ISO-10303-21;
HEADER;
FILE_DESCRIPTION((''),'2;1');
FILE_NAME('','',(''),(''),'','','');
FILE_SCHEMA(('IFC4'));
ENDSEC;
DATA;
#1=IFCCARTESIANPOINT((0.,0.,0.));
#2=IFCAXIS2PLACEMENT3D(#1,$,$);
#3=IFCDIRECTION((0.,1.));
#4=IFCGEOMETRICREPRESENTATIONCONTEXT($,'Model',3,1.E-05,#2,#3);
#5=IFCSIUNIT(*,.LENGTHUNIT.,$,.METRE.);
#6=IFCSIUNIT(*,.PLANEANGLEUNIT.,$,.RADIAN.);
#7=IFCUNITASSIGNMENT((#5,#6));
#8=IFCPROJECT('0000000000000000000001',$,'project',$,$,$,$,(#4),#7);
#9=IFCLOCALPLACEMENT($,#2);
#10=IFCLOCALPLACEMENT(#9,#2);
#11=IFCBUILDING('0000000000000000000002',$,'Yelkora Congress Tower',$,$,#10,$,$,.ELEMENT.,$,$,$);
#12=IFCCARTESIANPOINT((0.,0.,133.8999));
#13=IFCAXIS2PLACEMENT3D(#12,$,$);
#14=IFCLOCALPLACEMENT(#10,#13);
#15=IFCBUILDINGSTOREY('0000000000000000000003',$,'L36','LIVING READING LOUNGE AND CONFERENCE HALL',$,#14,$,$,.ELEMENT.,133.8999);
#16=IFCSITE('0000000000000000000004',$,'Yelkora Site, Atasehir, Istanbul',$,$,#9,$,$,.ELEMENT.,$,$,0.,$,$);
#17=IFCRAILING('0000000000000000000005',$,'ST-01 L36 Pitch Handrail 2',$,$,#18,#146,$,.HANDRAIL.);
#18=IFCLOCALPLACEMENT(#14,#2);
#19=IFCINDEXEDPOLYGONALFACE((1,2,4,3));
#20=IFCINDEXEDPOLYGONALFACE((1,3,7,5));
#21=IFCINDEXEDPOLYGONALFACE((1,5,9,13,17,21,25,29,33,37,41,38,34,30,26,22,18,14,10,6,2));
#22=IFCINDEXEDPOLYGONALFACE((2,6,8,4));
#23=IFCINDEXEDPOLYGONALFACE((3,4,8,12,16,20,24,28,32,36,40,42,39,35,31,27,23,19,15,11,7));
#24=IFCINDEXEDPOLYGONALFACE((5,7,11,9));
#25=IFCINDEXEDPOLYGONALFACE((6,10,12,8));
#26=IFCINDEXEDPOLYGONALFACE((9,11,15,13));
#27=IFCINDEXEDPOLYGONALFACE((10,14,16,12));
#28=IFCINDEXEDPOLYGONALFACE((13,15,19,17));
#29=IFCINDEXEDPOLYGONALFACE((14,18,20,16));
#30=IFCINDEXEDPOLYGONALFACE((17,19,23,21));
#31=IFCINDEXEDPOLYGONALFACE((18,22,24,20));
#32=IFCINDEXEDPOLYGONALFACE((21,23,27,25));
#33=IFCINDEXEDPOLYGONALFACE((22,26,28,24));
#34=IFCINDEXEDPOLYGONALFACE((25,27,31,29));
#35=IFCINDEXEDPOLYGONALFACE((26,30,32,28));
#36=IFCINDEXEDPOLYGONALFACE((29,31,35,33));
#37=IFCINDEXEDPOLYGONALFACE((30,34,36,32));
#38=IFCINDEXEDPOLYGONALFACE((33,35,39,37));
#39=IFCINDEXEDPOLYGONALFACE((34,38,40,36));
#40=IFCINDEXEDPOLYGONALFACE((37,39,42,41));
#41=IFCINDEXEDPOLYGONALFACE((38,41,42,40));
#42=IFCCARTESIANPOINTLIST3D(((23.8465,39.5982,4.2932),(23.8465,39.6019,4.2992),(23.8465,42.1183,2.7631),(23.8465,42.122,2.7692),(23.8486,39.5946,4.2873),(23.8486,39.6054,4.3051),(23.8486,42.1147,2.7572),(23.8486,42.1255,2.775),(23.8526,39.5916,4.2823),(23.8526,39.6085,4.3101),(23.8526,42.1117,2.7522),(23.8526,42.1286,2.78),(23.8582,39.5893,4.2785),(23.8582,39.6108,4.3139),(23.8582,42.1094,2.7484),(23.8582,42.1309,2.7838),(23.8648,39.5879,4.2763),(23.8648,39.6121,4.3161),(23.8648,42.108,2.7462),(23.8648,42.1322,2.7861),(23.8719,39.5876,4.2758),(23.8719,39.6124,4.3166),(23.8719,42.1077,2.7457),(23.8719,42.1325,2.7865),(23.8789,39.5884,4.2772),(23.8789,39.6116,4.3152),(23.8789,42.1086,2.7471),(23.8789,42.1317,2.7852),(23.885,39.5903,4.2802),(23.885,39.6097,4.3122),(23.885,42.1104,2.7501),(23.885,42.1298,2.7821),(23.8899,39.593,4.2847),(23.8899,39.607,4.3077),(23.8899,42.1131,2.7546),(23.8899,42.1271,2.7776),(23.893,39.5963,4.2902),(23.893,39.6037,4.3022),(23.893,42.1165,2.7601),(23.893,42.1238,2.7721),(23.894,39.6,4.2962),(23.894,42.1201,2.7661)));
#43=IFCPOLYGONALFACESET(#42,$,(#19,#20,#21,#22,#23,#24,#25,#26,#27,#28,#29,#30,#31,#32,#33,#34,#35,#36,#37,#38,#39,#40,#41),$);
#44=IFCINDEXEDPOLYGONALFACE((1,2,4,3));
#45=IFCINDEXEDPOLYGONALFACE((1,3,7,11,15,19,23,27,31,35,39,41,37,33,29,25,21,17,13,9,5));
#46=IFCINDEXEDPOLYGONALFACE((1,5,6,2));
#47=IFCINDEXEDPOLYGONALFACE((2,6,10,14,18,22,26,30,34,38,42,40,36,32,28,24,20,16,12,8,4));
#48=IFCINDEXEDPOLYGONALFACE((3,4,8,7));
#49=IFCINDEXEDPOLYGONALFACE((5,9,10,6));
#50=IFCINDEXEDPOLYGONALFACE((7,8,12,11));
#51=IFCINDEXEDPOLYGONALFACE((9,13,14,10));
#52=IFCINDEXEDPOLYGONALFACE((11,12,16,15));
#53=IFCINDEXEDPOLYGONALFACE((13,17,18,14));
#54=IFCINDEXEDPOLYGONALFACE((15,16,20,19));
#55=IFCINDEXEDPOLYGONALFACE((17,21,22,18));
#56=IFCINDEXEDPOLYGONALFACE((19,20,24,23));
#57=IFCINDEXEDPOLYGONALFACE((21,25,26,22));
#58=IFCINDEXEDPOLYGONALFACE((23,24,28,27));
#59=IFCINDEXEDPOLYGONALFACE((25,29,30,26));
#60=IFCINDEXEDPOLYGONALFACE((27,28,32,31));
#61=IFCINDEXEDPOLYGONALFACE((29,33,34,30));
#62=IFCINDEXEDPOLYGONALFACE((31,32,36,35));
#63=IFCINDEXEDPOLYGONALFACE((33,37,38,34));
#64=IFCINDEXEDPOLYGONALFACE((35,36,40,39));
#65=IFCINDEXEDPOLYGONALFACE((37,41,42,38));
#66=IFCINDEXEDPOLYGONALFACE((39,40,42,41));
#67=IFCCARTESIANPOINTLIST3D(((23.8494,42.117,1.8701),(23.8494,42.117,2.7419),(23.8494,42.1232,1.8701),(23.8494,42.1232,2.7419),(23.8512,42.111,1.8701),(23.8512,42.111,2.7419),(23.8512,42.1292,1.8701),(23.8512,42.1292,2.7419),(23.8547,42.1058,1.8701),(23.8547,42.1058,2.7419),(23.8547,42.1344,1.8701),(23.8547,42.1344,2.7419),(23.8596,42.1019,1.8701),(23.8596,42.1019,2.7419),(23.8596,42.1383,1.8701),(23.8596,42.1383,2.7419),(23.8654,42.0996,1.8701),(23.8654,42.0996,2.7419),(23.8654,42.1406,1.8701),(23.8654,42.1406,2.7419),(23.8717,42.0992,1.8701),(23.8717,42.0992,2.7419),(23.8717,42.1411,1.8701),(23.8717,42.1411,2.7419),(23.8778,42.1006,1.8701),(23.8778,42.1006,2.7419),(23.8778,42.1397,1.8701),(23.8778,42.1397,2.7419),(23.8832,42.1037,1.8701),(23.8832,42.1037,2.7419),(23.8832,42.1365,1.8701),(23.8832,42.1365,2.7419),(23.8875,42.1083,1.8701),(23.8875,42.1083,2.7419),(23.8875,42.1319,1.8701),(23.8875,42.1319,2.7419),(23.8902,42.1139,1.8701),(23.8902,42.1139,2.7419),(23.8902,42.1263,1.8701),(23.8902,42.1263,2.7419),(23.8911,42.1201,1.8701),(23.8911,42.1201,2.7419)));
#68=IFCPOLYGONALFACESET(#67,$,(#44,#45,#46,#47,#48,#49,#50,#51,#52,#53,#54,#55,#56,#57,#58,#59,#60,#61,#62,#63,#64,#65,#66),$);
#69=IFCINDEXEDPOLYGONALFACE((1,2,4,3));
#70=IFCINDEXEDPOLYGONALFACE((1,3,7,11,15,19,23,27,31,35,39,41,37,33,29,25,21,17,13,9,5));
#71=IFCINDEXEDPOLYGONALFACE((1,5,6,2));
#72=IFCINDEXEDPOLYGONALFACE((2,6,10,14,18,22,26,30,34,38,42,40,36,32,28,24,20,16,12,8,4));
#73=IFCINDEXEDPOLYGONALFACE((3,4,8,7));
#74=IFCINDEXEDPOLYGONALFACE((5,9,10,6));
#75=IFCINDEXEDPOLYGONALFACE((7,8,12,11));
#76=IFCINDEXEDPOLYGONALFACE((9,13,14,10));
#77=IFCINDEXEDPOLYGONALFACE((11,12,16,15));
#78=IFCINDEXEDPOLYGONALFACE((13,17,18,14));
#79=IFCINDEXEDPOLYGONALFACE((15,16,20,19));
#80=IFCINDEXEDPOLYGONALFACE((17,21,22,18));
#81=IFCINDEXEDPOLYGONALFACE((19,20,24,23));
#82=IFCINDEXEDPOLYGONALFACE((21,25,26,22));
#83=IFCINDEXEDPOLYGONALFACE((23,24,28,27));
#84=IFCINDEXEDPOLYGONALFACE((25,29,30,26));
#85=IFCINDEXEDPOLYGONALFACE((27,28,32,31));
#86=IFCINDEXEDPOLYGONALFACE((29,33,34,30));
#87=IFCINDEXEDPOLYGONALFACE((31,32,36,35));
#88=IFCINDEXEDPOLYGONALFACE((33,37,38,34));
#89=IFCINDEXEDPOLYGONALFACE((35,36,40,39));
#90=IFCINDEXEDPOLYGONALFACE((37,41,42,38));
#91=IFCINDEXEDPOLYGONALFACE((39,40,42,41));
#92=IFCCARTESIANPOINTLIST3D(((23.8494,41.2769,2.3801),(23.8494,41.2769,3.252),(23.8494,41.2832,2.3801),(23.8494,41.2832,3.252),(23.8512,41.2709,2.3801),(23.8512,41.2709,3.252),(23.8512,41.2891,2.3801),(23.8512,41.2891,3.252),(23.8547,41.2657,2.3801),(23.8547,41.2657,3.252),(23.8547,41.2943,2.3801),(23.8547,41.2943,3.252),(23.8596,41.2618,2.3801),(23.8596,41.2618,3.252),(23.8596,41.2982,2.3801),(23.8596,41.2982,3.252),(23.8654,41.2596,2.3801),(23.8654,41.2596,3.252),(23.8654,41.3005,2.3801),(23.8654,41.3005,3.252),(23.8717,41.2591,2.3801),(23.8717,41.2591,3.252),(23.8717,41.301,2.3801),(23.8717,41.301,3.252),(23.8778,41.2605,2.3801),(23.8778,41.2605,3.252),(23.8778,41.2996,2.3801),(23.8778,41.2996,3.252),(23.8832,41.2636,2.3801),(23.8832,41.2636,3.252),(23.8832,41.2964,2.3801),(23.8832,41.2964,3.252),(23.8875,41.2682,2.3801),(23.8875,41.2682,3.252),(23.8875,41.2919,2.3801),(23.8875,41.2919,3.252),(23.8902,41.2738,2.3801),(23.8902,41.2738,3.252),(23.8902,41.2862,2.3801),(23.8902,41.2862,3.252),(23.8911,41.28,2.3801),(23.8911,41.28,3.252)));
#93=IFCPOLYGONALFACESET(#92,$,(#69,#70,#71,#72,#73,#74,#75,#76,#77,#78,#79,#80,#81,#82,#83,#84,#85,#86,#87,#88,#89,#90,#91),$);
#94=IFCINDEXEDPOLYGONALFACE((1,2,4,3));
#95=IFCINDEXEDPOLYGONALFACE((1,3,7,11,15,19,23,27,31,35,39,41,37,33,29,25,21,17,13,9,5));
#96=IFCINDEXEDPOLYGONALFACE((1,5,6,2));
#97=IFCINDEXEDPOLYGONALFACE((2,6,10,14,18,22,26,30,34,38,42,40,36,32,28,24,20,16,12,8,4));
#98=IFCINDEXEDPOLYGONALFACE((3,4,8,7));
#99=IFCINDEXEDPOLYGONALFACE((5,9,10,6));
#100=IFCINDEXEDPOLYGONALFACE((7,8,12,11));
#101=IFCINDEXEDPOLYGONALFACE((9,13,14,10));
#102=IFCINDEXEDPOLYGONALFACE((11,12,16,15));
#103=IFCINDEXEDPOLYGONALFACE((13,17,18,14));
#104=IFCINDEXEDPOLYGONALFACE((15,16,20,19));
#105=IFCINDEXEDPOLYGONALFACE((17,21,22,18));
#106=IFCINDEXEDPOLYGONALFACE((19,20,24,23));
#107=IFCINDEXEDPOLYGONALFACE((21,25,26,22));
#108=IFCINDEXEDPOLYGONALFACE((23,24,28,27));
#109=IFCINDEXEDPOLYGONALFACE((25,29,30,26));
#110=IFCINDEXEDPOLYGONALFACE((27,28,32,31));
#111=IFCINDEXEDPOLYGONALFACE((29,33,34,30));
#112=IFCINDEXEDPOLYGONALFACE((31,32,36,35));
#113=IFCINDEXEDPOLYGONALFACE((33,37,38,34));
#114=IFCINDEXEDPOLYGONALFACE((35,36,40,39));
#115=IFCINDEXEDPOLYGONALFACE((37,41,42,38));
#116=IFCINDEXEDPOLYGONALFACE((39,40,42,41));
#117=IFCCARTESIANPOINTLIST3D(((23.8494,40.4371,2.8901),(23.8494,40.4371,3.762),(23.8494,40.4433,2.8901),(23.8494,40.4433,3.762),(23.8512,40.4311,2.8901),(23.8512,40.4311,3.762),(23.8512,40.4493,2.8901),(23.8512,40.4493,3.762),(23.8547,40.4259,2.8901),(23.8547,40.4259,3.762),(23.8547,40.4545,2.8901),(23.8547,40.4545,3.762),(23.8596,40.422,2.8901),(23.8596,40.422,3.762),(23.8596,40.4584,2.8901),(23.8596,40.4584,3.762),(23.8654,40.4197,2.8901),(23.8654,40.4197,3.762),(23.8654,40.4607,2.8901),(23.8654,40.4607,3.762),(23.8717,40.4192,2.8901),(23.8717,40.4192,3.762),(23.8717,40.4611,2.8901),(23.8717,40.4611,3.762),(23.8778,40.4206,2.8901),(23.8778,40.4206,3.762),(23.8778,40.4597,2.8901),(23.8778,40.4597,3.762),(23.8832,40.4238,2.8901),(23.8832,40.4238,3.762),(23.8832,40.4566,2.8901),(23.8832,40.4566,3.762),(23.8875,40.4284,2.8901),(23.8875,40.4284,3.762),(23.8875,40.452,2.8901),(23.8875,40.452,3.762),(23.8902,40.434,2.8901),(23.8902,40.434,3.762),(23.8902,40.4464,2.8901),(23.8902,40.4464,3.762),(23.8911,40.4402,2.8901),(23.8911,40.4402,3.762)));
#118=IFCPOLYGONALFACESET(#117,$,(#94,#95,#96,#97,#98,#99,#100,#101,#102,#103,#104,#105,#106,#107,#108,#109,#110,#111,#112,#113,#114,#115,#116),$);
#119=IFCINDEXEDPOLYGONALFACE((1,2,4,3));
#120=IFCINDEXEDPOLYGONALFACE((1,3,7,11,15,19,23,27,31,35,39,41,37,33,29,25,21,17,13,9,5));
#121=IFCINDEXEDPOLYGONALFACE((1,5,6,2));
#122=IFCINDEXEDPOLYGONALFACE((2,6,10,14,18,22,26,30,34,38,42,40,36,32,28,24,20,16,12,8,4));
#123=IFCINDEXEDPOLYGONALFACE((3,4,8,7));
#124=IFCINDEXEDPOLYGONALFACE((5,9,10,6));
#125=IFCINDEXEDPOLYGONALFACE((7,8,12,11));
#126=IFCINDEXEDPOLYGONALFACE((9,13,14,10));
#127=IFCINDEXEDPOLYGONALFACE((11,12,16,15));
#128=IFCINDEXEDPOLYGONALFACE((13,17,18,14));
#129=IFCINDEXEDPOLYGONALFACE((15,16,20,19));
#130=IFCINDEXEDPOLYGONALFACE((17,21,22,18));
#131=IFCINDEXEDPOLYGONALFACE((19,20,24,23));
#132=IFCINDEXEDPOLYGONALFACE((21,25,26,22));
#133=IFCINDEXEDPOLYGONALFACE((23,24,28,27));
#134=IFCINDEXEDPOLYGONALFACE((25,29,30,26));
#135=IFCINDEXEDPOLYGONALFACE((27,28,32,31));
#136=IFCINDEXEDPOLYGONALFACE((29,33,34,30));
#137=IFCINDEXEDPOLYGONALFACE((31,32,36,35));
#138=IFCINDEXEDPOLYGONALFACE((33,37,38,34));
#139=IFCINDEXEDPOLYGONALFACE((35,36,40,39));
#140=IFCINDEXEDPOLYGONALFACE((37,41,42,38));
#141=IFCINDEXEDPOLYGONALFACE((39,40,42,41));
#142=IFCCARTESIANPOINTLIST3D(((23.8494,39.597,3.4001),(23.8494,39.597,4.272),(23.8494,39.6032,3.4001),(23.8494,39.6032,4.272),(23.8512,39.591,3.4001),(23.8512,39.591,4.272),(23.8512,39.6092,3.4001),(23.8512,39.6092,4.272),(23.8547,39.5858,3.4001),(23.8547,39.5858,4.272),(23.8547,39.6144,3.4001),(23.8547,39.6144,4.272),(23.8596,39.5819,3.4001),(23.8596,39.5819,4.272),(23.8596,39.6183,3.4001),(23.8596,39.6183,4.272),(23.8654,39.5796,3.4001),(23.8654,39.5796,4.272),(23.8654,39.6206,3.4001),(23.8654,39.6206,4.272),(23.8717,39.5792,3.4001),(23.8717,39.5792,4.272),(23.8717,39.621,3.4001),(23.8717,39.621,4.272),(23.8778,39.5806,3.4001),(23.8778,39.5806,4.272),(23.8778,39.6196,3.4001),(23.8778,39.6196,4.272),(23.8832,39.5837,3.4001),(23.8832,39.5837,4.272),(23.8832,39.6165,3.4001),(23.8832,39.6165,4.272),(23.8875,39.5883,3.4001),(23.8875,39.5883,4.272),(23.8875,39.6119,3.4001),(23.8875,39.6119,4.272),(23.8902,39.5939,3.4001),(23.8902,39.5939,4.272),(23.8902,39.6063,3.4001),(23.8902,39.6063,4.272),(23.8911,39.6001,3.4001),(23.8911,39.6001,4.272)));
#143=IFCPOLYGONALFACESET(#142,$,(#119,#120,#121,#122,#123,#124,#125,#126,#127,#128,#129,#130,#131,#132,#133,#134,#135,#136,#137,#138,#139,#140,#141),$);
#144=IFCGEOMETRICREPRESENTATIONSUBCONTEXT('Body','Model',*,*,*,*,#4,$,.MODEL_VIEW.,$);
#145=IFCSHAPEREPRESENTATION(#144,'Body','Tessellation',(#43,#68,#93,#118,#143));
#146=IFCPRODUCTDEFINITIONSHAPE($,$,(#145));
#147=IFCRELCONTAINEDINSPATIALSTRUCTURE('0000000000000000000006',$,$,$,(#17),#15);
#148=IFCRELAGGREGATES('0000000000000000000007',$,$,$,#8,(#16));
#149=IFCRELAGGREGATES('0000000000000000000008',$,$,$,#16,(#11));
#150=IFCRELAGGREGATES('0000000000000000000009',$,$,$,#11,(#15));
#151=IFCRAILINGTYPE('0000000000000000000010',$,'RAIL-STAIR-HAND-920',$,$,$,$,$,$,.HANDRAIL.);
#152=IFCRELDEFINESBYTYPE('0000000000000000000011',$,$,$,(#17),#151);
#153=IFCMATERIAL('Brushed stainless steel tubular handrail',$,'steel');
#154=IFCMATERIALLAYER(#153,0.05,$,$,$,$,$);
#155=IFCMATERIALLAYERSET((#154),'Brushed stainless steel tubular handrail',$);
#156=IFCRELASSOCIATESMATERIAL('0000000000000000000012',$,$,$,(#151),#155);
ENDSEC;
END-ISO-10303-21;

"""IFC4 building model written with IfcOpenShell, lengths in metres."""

from ifc_helpers import new_model, si_unit, direction, frame, origin, origin_2d, place, context, subcontext, project, spatial, circle, extrude, material, layer, layer_set, type_object, element, save


model = new_model("IFC4")

# Units and contexts
model_context = context("Model", 3, precision=1e-05, world=origin(), true_north=direction((0.0, 1.0)))
body_context = subcontext(model_context, "Body", "Model", "MODEL_VIEW")
ifc_project = project(units=[si_unit("LENGTHUNIT", "METRE"), si_unit("PLANEANGLEUNIT", "RADIAN")], contexts=[model_context])

# Site, building, storey
site_placement = place(None, origin())
site = spatial("IfcSite", under=ifc_project, at=site_placement, Name="Yelkora Site, Atasehir, Istanbul", CompositionType="ELEMENT", RefElevation=0.0)
building_placement = place(site_placement, origin())
building = spatial("IfcBuilding", under=site, at=building_placement, Name="Yelkora Congress Tower", CompositionType="ELEMENT")
storey_placement = place(building_placement, frame((0.0, 0.0, 133.8999)))
storey = spatial("IfcBuildingStorey", under=building, at=storey_placement, Name="L36", Description="LIVING READING LOUNGE AND CONFERENCE HALL", CompositionType="ELEMENT", Elevation=133.8999)

# Railing
ifc_material_1 = material(Name="Brushed stainless steel tubular handrail", Category="steel")
ifc_layer_1 = layer(ifc_material_1, 0.05)
ifc_layer_set_1 = layer_set([ifc_layer_1], Name="Brushed stainless steel tubular handrail")
railing_type_1 = type_object("IfcRailingType", Name="RAIL-STAIR-HAND-920", PredefinedType="HANDRAIL", material=ifc_layer_set_1)
railing_1_placement = place(storey_placement, frame((23.8701, 42.1201, 1.8701)))
element("IfcRailing", 1, at=railing_1_placement, inside=storey, type_object=railing_type_1, Name="ST-01 L36 Pitch Handrail 2", PredefinedType="HANDRAIL", context=body_context, shape_type="SweptSolid", body=[
    extrude(circle(Radius=0.0239, at=origin_2d()), frame((0.0, 0.0, 0.896), z_axis=(0.0, -0.854785, 0.518982), x_axis=(1.0, 0.0, 0.0)), (0.0, 0.0, 1.0), 2.9482),
    extrude(circle(Radius=0.021, at=origin_2d()), origin(), (0.0, 0.0, 1.0), 0.8718),
    extrude(circle(Radius=0.021, at=origin_2d()), frame((0.0, -0.8401, 0.51)), (0.0, 0.0, 1.0), 0.8718),
    extrude(circle(Radius=0.021, at=origin_2d()), frame((0.0, -1.6799, 1.02)), (0.0, 0.0, 1.0), 0.8718),
    extrude(circle(Radius=0.021, at=origin_2d()), frame((0.0, -2.52, 1.53)), (0.0, 0.0, 1.0), 0.8718),
])

save(model, "model.ifc")
